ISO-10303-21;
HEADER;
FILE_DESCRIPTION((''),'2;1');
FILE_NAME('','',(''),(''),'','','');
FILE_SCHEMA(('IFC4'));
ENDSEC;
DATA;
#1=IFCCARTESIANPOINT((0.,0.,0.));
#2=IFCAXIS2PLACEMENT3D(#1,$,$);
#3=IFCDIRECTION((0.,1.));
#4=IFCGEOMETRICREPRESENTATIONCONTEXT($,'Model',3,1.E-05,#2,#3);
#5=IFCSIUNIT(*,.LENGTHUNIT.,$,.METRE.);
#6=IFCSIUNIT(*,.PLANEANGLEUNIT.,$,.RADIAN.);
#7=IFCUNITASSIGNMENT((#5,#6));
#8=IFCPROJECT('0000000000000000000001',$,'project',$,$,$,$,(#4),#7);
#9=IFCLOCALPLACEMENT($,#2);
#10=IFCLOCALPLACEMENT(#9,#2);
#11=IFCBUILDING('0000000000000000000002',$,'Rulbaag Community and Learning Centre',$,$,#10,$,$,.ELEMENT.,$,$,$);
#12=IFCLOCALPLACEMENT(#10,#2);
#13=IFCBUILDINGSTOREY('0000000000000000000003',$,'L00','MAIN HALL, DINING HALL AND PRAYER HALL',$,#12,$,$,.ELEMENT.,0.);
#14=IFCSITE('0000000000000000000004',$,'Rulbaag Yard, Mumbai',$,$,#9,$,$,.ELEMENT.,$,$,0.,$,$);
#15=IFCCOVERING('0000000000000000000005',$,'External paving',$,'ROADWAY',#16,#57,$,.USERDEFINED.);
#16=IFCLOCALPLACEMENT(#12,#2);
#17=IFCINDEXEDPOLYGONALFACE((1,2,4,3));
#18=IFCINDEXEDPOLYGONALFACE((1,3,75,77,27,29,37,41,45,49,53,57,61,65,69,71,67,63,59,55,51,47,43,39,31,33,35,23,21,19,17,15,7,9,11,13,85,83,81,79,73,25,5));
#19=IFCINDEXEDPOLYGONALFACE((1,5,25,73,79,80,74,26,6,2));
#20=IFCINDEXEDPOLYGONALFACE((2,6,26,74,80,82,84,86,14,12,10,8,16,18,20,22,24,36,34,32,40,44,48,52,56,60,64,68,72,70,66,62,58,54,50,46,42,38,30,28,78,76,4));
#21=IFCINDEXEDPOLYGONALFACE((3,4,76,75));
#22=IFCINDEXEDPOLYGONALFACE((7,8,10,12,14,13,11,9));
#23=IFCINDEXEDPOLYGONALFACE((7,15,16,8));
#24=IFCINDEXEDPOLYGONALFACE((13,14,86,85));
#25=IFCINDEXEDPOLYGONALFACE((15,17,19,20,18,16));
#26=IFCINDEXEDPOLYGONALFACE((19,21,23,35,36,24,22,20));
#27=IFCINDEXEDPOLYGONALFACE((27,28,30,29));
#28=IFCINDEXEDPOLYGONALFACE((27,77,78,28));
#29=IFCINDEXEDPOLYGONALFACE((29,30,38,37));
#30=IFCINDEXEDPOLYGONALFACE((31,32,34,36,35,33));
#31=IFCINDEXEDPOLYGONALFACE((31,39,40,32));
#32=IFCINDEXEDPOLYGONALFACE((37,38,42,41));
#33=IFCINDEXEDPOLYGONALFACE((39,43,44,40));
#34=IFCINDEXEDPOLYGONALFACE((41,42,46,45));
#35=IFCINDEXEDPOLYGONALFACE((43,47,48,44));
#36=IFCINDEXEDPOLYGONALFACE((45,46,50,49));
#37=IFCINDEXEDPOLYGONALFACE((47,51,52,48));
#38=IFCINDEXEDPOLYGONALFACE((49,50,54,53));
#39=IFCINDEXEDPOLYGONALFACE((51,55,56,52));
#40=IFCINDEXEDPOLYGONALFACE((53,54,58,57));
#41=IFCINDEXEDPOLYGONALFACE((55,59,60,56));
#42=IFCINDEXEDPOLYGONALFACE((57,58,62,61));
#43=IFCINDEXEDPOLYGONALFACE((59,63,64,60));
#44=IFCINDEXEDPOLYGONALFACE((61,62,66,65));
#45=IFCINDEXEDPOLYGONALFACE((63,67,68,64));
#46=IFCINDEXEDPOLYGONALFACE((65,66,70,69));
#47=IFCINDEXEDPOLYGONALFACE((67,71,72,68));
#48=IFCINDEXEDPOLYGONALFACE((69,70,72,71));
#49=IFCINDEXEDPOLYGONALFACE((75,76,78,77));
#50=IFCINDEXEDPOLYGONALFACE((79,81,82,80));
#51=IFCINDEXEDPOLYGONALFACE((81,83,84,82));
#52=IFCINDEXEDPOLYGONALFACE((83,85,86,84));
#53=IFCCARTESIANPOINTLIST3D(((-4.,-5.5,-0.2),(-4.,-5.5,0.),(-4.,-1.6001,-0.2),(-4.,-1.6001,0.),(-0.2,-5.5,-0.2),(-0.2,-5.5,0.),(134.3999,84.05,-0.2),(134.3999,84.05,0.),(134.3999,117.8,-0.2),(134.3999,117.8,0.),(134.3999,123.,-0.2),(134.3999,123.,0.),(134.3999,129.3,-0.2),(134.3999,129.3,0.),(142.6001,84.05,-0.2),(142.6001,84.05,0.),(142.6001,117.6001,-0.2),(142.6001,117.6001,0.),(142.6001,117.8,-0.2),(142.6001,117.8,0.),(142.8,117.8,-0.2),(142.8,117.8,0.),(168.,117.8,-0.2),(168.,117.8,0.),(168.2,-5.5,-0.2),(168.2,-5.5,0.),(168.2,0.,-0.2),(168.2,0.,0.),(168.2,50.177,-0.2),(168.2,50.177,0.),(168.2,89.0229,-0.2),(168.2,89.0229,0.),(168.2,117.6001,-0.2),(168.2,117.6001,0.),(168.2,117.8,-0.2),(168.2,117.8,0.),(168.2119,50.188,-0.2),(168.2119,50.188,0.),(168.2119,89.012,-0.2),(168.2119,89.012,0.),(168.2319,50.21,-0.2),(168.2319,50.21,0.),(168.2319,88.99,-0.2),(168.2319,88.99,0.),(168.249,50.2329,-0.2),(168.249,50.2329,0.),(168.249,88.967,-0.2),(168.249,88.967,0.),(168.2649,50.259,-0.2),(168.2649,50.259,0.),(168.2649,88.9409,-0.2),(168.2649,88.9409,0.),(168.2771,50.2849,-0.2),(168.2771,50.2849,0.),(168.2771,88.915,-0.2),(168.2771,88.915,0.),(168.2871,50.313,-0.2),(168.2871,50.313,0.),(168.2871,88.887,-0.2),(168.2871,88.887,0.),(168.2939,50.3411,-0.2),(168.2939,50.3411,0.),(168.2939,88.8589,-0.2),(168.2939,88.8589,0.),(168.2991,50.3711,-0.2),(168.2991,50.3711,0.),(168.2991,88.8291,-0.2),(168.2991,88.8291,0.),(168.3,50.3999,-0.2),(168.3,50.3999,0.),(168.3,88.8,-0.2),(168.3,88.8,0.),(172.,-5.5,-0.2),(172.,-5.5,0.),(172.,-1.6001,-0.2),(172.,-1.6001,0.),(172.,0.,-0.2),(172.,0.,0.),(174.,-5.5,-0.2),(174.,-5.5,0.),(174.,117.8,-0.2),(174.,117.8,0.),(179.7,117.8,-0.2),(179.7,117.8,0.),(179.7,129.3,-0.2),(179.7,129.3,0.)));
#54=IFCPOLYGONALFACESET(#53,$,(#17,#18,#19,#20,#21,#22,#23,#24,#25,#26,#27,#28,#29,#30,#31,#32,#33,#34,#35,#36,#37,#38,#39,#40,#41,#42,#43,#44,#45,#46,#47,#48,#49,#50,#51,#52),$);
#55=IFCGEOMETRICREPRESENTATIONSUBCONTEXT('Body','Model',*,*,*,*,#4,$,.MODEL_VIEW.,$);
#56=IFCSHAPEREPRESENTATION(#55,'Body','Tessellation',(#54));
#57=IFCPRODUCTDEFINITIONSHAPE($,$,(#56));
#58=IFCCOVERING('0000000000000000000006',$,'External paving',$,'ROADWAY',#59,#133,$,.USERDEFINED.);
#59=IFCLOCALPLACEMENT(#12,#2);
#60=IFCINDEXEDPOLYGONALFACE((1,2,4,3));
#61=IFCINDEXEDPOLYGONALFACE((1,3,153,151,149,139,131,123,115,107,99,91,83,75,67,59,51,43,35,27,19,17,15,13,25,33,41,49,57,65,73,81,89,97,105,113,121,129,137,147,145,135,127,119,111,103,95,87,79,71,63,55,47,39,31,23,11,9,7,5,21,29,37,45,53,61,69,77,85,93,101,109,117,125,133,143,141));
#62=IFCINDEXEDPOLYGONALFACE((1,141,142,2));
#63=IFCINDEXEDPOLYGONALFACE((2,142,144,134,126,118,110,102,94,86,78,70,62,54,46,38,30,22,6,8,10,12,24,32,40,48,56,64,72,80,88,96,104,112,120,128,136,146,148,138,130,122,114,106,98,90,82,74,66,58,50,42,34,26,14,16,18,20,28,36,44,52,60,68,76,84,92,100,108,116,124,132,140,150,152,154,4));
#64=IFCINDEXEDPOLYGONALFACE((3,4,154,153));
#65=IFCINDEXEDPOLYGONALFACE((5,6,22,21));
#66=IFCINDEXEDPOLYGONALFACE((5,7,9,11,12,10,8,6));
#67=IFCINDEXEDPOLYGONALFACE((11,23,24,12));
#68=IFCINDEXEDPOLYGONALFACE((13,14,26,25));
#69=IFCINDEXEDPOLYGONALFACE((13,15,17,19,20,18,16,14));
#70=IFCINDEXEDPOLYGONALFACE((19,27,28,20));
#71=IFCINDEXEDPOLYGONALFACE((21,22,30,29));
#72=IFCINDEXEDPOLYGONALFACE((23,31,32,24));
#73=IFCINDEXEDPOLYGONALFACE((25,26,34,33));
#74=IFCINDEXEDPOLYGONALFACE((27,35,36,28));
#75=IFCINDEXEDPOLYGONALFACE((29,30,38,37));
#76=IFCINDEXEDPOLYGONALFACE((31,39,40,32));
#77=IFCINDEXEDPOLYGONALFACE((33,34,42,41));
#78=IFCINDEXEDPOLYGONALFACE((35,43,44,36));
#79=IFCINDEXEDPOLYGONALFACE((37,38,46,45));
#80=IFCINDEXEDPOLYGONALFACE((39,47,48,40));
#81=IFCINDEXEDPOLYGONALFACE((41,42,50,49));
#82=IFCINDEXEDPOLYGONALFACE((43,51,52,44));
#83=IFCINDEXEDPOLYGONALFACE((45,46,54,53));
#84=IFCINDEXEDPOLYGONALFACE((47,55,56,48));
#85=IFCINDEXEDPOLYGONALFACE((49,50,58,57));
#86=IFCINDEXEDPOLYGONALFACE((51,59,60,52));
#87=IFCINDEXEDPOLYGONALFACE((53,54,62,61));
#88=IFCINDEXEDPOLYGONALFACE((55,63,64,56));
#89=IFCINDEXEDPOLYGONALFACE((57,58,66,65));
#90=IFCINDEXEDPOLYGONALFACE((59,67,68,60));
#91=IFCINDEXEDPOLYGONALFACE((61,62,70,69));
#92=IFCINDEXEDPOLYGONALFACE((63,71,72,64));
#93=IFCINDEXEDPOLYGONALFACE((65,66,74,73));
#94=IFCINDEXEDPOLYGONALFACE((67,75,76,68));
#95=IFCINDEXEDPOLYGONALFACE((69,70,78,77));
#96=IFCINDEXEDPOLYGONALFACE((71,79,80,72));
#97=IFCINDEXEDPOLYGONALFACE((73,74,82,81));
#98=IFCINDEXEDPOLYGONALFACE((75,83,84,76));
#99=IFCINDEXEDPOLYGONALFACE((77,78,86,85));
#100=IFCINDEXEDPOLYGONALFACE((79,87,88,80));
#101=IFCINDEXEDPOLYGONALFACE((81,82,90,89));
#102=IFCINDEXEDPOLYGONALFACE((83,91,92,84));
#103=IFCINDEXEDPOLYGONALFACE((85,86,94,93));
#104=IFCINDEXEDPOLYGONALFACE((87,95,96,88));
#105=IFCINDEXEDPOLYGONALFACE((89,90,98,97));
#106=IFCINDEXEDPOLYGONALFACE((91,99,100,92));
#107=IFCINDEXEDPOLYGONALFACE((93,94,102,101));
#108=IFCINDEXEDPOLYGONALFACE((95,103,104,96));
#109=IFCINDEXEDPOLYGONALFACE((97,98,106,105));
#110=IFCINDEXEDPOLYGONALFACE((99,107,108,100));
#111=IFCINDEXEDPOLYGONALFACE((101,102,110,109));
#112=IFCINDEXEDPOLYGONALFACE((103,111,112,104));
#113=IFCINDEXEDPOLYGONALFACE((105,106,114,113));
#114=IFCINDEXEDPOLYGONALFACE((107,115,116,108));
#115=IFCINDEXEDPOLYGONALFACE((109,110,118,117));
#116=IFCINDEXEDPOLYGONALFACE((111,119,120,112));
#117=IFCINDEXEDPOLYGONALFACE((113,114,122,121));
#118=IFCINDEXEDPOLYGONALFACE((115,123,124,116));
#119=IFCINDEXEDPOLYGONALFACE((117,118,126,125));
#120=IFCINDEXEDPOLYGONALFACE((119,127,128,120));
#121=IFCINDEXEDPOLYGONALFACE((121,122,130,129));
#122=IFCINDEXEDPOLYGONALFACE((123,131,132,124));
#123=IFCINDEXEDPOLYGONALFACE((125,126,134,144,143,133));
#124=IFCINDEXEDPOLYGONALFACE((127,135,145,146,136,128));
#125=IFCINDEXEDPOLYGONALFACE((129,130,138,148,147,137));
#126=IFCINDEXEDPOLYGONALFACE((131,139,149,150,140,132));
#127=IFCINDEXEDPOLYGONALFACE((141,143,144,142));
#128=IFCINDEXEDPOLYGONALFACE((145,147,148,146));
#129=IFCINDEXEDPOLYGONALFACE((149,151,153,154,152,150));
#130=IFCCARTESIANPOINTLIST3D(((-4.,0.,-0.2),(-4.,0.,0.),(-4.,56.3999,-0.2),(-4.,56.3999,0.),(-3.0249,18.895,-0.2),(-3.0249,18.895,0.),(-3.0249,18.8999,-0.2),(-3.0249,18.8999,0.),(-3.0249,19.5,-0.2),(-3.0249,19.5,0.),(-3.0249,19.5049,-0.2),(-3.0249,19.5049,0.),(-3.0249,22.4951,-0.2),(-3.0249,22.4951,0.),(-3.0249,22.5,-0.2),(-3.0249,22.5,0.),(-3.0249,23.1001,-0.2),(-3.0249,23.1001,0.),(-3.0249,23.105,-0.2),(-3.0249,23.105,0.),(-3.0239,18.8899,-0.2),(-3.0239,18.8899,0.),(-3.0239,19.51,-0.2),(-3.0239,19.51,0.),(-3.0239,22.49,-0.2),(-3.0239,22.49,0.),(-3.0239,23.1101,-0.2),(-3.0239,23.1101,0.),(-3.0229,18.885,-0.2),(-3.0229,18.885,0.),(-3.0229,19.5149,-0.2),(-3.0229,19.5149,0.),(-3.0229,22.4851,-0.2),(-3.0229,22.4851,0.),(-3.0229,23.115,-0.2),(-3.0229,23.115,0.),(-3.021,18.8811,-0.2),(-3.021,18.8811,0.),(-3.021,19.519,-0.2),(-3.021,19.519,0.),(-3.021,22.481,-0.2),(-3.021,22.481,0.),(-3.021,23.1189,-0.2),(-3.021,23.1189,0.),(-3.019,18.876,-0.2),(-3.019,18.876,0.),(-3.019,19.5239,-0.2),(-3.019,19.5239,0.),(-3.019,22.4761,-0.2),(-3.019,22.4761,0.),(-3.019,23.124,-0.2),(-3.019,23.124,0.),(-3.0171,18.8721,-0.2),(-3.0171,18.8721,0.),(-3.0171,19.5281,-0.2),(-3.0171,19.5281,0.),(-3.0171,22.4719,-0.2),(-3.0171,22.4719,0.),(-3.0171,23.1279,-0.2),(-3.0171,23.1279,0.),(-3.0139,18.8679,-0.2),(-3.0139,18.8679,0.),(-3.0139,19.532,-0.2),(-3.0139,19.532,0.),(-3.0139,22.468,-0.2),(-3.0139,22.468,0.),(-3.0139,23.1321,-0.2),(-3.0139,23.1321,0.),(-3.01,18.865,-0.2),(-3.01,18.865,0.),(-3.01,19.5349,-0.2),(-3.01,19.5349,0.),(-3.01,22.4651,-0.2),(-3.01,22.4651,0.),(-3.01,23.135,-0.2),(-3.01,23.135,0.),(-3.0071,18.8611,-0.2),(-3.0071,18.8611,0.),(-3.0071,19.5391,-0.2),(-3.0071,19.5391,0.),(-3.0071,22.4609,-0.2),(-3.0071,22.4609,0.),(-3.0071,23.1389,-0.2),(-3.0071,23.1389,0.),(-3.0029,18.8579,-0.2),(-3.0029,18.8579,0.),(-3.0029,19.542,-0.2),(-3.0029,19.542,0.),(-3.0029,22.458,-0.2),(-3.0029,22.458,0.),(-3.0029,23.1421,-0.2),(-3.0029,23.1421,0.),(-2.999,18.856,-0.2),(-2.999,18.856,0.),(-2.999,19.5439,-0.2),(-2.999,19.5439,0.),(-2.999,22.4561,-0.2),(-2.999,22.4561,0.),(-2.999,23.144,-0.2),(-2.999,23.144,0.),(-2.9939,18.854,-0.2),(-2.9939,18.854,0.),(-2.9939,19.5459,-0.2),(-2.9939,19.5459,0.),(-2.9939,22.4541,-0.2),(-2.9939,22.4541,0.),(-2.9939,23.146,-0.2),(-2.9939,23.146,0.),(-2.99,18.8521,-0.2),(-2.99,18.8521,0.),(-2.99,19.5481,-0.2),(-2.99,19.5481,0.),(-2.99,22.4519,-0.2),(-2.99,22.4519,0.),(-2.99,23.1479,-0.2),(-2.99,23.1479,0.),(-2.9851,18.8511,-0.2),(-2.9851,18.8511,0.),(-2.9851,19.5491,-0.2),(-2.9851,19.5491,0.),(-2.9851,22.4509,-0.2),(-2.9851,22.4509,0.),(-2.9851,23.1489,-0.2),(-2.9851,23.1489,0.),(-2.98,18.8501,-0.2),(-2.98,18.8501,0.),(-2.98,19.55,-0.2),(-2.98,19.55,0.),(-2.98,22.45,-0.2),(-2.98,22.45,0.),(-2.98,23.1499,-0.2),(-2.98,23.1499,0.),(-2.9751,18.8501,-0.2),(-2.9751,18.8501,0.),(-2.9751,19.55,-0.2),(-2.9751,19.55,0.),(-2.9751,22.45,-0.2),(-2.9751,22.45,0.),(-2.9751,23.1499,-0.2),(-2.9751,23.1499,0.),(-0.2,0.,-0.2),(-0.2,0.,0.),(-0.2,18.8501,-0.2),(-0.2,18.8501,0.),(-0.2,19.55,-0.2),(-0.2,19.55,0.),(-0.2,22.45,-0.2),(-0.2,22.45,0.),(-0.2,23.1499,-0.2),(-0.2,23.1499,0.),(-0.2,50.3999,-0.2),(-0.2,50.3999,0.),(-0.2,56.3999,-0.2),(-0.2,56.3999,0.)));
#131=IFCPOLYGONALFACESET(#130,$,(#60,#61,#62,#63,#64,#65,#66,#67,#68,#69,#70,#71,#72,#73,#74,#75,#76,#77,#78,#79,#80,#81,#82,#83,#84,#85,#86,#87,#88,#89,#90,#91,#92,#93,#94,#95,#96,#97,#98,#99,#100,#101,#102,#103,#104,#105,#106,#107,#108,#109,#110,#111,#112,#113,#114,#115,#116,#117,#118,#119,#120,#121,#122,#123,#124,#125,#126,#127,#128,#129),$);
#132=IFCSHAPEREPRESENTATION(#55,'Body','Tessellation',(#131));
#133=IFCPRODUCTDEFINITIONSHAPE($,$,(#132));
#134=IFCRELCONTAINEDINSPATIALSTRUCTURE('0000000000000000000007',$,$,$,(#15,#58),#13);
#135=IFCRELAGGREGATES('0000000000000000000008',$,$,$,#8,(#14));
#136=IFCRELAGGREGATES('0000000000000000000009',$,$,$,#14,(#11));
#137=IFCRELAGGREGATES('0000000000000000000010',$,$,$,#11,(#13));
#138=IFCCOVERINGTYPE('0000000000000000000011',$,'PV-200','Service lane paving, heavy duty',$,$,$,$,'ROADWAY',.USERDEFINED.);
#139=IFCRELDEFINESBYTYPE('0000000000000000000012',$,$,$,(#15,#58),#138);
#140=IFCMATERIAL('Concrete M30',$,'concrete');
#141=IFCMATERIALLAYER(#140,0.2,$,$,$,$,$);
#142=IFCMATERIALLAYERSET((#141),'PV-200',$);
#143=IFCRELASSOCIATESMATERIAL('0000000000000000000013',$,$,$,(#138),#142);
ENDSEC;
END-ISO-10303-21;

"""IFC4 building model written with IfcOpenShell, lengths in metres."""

from ifc_helpers import new_model, si_unit, direction, frame, origin, place, context, subcontext, project, spatial, polyline, outline, extrude, material, layer, layer_set, type_object, element, save


model = new_model("IFC4")

# Units and contexts
model_context = context("Model", 3, precision=1e-05, world=origin(), true_north=direction((0.0, 1.0)))
body_context = subcontext(model_context, "Body", "Model", "MODEL_VIEW")
ifc_project = project(units=[si_unit("LENGTHUNIT", "METRE"), si_unit("PLANEANGLEUNIT", "RADIAN")], contexts=[model_context])

# Site, building, storey
site_placement = place(None, origin())
site = spatial("IfcSite", under=ifc_project, at=site_placement, Name="Rulbaag Yard, Mumbai", CompositionType="ELEMENT", RefElevation=0.0)
building_placement = place(site_placement, origin())
building = spatial("IfcBuilding", under=site, at=building_placement, Name="Rulbaag Community and Learning Centre", CompositionType="ELEMENT")
storey_placement = place(building_placement, origin())
storey = spatial("IfcBuildingStorey", under=building, at=storey_placement, Name="L00", Description="MAIN HALL, DINING HALL AND PRAYER HALL", CompositionType="ELEMENT", Elevation=0.0)

# Shared definitions
ifc_material_1 = material(Name="Concrete M30", Category="concrete")

# Coverings
ifc_layer_1 = layer(ifc_material_1, 0.2)
ifc_layer_set_1 = layer_set([ifc_layer_1], Name="PV-200")
covering_type_1 = type_object("IfcCoveringType", Name="PV-200", Description="Service lane paving, heavy duty", ElementType="ROADWAY", PredefinedType="USERDEFINED", material=ifc_layer_set_1)
covering_1_placement = place(storey_placement, frame((0.0, 0.0, -0.2)))
element("IfcCovering", 1, at=covering_1_placement, inside=storey, type_object=covering_type_1, Name="External paving", ObjectType="ROADWAY", PredefinedType="USERDEFINED", context=body_context, shape_type="SweptSolid", body=[
    extrude(outline(polyline([(-4.0, -1.6001), (172.0, -1.6001), (172.0, 0.0), (168.2, 0.0), (168.2, 50.177), (168.2119, 50.188), (168.2319, 50.21), (168.249, 50.2329), (168.2649, 50.259), (168.2771, 50.2849), (168.2871, 50.313), (168.2939, 50.3411), (168.2991, 50.3711), (168.3, 50.3999), (168.3, 88.8), (168.2991, 88.8291), (168.2939, 88.8589), (168.2871, 88.887), (168.2771, 88.915), (168.2649, 88.9409), (168.249, 88.967), (168.2319, 88.99), (168.2119, 89.012), (168.2, 89.0229), (168.2, 117.6001), (168.2, 117.8), (168.0, 117.8), (142.8, 117.8), (142.6001, 117.8), (142.6001, 117.6001), (142.6001, 84.05), (134.3999, 84.05), (134.3999, 117.8), (134.3999, 123.0), (134.3999, 129.3), (179.7, 129.3), (179.7, 117.8), (174.0, 117.8), (174.0, -5.5), (172.0, -5.5), (168.2, -5.5), (-0.2, -5.5), (-4.0, -5.5), (-4.0, -1.6001)])), origin(), (0.0, 0.0, 1.0), 0.2),
])
covering_2_placement = place(storey_placement, frame((0.0, 0.0, -0.2)))
element("IfcCovering", 2, at=covering_2_placement, inside=storey, type_object=covering_type_1, Name="External paving", ObjectType="ROADWAY", PredefinedType="USERDEFINED", context=body_context, shape_type="SweptSolid", body=[
    extrude(outline(polyline([(-0.2, 56.3999), (-0.2, 50.3999), (-0.2, 23.1499), (-2.9751, 23.1499), (-2.98, 23.1499), (-2.9851, 23.1489), (-2.99, 23.1479), (-2.9939, 23.146), (-2.999, 23.144), (-3.0029, 23.1421), (-3.0071, 23.1389), (-3.01, 23.135), (-3.0139, 23.1321), (-3.0171, 23.1279), (-3.019, 23.124), (-3.021, 23.1189), (-3.0229, 23.115), (-3.0239, 23.1101), (-3.0249, 23.105), (-3.0249, 23.1001), (-3.0249, 22.5), (-3.0249, 22.4951), (-3.0239, 22.49), (-3.0229, 22.4851), (-3.021, 22.481), (-3.019, 22.4761), (-3.0171, 22.4719), (-3.0139, 22.468), (-3.01, 22.4651), (-3.0071, 22.4609), (-3.0029, 22.458), (-2.999, 22.4561), (-2.9939, 22.4541), (-2.99, 22.4519), (-2.9851, 22.4509), (-2.98, 22.45), (-2.9751, 22.45), (-0.2, 22.45), (-0.2, 19.55), (-2.9751, 19.55), (-2.98, 19.55), (-2.9851, 19.5491), (-2.99, 19.5481), (-2.9939, 19.5459), (-2.999, 19.5439), (-3.0029, 19.542), (-3.0071, 19.5391), (-3.01, 19.5349), (-3.0139, 19.532), (-3.0171, 19.5281), (-3.019, 19.5239), (-3.021, 19.519), (-3.0229, 19.5149), (-3.0239, 19.51), (-3.0249, 19.5049), (-3.0249, 19.5), (-3.0249, 18.8999), (-3.0249, 18.895), (-3.0239, 18.8899), (-3.0229, 18.885), (-3.021, 18.8811), (-3.019, 18.876), (-3.0171, 18.8721), (-3.0139, 18.8679), (-3.01, 18.865), (-3.0071, 18.8611), (-3.0029, 18.8579), (-2.999, 18.856), (-2.9939, 18.854), (-2.99, 18.8521), (-2.9851, 18.8511), (-2.98, 18.8501), (-2.9751, 18.8501), (-0.2, 18.8501), (-0.2, 0.0), (-4.0, 0.0), (-4.0, 56.3999), (-0.2, 56.3999)])), origin(), (0.0, 0.0, 1.0), 0.2),
])

save(model, "model.ifc")
